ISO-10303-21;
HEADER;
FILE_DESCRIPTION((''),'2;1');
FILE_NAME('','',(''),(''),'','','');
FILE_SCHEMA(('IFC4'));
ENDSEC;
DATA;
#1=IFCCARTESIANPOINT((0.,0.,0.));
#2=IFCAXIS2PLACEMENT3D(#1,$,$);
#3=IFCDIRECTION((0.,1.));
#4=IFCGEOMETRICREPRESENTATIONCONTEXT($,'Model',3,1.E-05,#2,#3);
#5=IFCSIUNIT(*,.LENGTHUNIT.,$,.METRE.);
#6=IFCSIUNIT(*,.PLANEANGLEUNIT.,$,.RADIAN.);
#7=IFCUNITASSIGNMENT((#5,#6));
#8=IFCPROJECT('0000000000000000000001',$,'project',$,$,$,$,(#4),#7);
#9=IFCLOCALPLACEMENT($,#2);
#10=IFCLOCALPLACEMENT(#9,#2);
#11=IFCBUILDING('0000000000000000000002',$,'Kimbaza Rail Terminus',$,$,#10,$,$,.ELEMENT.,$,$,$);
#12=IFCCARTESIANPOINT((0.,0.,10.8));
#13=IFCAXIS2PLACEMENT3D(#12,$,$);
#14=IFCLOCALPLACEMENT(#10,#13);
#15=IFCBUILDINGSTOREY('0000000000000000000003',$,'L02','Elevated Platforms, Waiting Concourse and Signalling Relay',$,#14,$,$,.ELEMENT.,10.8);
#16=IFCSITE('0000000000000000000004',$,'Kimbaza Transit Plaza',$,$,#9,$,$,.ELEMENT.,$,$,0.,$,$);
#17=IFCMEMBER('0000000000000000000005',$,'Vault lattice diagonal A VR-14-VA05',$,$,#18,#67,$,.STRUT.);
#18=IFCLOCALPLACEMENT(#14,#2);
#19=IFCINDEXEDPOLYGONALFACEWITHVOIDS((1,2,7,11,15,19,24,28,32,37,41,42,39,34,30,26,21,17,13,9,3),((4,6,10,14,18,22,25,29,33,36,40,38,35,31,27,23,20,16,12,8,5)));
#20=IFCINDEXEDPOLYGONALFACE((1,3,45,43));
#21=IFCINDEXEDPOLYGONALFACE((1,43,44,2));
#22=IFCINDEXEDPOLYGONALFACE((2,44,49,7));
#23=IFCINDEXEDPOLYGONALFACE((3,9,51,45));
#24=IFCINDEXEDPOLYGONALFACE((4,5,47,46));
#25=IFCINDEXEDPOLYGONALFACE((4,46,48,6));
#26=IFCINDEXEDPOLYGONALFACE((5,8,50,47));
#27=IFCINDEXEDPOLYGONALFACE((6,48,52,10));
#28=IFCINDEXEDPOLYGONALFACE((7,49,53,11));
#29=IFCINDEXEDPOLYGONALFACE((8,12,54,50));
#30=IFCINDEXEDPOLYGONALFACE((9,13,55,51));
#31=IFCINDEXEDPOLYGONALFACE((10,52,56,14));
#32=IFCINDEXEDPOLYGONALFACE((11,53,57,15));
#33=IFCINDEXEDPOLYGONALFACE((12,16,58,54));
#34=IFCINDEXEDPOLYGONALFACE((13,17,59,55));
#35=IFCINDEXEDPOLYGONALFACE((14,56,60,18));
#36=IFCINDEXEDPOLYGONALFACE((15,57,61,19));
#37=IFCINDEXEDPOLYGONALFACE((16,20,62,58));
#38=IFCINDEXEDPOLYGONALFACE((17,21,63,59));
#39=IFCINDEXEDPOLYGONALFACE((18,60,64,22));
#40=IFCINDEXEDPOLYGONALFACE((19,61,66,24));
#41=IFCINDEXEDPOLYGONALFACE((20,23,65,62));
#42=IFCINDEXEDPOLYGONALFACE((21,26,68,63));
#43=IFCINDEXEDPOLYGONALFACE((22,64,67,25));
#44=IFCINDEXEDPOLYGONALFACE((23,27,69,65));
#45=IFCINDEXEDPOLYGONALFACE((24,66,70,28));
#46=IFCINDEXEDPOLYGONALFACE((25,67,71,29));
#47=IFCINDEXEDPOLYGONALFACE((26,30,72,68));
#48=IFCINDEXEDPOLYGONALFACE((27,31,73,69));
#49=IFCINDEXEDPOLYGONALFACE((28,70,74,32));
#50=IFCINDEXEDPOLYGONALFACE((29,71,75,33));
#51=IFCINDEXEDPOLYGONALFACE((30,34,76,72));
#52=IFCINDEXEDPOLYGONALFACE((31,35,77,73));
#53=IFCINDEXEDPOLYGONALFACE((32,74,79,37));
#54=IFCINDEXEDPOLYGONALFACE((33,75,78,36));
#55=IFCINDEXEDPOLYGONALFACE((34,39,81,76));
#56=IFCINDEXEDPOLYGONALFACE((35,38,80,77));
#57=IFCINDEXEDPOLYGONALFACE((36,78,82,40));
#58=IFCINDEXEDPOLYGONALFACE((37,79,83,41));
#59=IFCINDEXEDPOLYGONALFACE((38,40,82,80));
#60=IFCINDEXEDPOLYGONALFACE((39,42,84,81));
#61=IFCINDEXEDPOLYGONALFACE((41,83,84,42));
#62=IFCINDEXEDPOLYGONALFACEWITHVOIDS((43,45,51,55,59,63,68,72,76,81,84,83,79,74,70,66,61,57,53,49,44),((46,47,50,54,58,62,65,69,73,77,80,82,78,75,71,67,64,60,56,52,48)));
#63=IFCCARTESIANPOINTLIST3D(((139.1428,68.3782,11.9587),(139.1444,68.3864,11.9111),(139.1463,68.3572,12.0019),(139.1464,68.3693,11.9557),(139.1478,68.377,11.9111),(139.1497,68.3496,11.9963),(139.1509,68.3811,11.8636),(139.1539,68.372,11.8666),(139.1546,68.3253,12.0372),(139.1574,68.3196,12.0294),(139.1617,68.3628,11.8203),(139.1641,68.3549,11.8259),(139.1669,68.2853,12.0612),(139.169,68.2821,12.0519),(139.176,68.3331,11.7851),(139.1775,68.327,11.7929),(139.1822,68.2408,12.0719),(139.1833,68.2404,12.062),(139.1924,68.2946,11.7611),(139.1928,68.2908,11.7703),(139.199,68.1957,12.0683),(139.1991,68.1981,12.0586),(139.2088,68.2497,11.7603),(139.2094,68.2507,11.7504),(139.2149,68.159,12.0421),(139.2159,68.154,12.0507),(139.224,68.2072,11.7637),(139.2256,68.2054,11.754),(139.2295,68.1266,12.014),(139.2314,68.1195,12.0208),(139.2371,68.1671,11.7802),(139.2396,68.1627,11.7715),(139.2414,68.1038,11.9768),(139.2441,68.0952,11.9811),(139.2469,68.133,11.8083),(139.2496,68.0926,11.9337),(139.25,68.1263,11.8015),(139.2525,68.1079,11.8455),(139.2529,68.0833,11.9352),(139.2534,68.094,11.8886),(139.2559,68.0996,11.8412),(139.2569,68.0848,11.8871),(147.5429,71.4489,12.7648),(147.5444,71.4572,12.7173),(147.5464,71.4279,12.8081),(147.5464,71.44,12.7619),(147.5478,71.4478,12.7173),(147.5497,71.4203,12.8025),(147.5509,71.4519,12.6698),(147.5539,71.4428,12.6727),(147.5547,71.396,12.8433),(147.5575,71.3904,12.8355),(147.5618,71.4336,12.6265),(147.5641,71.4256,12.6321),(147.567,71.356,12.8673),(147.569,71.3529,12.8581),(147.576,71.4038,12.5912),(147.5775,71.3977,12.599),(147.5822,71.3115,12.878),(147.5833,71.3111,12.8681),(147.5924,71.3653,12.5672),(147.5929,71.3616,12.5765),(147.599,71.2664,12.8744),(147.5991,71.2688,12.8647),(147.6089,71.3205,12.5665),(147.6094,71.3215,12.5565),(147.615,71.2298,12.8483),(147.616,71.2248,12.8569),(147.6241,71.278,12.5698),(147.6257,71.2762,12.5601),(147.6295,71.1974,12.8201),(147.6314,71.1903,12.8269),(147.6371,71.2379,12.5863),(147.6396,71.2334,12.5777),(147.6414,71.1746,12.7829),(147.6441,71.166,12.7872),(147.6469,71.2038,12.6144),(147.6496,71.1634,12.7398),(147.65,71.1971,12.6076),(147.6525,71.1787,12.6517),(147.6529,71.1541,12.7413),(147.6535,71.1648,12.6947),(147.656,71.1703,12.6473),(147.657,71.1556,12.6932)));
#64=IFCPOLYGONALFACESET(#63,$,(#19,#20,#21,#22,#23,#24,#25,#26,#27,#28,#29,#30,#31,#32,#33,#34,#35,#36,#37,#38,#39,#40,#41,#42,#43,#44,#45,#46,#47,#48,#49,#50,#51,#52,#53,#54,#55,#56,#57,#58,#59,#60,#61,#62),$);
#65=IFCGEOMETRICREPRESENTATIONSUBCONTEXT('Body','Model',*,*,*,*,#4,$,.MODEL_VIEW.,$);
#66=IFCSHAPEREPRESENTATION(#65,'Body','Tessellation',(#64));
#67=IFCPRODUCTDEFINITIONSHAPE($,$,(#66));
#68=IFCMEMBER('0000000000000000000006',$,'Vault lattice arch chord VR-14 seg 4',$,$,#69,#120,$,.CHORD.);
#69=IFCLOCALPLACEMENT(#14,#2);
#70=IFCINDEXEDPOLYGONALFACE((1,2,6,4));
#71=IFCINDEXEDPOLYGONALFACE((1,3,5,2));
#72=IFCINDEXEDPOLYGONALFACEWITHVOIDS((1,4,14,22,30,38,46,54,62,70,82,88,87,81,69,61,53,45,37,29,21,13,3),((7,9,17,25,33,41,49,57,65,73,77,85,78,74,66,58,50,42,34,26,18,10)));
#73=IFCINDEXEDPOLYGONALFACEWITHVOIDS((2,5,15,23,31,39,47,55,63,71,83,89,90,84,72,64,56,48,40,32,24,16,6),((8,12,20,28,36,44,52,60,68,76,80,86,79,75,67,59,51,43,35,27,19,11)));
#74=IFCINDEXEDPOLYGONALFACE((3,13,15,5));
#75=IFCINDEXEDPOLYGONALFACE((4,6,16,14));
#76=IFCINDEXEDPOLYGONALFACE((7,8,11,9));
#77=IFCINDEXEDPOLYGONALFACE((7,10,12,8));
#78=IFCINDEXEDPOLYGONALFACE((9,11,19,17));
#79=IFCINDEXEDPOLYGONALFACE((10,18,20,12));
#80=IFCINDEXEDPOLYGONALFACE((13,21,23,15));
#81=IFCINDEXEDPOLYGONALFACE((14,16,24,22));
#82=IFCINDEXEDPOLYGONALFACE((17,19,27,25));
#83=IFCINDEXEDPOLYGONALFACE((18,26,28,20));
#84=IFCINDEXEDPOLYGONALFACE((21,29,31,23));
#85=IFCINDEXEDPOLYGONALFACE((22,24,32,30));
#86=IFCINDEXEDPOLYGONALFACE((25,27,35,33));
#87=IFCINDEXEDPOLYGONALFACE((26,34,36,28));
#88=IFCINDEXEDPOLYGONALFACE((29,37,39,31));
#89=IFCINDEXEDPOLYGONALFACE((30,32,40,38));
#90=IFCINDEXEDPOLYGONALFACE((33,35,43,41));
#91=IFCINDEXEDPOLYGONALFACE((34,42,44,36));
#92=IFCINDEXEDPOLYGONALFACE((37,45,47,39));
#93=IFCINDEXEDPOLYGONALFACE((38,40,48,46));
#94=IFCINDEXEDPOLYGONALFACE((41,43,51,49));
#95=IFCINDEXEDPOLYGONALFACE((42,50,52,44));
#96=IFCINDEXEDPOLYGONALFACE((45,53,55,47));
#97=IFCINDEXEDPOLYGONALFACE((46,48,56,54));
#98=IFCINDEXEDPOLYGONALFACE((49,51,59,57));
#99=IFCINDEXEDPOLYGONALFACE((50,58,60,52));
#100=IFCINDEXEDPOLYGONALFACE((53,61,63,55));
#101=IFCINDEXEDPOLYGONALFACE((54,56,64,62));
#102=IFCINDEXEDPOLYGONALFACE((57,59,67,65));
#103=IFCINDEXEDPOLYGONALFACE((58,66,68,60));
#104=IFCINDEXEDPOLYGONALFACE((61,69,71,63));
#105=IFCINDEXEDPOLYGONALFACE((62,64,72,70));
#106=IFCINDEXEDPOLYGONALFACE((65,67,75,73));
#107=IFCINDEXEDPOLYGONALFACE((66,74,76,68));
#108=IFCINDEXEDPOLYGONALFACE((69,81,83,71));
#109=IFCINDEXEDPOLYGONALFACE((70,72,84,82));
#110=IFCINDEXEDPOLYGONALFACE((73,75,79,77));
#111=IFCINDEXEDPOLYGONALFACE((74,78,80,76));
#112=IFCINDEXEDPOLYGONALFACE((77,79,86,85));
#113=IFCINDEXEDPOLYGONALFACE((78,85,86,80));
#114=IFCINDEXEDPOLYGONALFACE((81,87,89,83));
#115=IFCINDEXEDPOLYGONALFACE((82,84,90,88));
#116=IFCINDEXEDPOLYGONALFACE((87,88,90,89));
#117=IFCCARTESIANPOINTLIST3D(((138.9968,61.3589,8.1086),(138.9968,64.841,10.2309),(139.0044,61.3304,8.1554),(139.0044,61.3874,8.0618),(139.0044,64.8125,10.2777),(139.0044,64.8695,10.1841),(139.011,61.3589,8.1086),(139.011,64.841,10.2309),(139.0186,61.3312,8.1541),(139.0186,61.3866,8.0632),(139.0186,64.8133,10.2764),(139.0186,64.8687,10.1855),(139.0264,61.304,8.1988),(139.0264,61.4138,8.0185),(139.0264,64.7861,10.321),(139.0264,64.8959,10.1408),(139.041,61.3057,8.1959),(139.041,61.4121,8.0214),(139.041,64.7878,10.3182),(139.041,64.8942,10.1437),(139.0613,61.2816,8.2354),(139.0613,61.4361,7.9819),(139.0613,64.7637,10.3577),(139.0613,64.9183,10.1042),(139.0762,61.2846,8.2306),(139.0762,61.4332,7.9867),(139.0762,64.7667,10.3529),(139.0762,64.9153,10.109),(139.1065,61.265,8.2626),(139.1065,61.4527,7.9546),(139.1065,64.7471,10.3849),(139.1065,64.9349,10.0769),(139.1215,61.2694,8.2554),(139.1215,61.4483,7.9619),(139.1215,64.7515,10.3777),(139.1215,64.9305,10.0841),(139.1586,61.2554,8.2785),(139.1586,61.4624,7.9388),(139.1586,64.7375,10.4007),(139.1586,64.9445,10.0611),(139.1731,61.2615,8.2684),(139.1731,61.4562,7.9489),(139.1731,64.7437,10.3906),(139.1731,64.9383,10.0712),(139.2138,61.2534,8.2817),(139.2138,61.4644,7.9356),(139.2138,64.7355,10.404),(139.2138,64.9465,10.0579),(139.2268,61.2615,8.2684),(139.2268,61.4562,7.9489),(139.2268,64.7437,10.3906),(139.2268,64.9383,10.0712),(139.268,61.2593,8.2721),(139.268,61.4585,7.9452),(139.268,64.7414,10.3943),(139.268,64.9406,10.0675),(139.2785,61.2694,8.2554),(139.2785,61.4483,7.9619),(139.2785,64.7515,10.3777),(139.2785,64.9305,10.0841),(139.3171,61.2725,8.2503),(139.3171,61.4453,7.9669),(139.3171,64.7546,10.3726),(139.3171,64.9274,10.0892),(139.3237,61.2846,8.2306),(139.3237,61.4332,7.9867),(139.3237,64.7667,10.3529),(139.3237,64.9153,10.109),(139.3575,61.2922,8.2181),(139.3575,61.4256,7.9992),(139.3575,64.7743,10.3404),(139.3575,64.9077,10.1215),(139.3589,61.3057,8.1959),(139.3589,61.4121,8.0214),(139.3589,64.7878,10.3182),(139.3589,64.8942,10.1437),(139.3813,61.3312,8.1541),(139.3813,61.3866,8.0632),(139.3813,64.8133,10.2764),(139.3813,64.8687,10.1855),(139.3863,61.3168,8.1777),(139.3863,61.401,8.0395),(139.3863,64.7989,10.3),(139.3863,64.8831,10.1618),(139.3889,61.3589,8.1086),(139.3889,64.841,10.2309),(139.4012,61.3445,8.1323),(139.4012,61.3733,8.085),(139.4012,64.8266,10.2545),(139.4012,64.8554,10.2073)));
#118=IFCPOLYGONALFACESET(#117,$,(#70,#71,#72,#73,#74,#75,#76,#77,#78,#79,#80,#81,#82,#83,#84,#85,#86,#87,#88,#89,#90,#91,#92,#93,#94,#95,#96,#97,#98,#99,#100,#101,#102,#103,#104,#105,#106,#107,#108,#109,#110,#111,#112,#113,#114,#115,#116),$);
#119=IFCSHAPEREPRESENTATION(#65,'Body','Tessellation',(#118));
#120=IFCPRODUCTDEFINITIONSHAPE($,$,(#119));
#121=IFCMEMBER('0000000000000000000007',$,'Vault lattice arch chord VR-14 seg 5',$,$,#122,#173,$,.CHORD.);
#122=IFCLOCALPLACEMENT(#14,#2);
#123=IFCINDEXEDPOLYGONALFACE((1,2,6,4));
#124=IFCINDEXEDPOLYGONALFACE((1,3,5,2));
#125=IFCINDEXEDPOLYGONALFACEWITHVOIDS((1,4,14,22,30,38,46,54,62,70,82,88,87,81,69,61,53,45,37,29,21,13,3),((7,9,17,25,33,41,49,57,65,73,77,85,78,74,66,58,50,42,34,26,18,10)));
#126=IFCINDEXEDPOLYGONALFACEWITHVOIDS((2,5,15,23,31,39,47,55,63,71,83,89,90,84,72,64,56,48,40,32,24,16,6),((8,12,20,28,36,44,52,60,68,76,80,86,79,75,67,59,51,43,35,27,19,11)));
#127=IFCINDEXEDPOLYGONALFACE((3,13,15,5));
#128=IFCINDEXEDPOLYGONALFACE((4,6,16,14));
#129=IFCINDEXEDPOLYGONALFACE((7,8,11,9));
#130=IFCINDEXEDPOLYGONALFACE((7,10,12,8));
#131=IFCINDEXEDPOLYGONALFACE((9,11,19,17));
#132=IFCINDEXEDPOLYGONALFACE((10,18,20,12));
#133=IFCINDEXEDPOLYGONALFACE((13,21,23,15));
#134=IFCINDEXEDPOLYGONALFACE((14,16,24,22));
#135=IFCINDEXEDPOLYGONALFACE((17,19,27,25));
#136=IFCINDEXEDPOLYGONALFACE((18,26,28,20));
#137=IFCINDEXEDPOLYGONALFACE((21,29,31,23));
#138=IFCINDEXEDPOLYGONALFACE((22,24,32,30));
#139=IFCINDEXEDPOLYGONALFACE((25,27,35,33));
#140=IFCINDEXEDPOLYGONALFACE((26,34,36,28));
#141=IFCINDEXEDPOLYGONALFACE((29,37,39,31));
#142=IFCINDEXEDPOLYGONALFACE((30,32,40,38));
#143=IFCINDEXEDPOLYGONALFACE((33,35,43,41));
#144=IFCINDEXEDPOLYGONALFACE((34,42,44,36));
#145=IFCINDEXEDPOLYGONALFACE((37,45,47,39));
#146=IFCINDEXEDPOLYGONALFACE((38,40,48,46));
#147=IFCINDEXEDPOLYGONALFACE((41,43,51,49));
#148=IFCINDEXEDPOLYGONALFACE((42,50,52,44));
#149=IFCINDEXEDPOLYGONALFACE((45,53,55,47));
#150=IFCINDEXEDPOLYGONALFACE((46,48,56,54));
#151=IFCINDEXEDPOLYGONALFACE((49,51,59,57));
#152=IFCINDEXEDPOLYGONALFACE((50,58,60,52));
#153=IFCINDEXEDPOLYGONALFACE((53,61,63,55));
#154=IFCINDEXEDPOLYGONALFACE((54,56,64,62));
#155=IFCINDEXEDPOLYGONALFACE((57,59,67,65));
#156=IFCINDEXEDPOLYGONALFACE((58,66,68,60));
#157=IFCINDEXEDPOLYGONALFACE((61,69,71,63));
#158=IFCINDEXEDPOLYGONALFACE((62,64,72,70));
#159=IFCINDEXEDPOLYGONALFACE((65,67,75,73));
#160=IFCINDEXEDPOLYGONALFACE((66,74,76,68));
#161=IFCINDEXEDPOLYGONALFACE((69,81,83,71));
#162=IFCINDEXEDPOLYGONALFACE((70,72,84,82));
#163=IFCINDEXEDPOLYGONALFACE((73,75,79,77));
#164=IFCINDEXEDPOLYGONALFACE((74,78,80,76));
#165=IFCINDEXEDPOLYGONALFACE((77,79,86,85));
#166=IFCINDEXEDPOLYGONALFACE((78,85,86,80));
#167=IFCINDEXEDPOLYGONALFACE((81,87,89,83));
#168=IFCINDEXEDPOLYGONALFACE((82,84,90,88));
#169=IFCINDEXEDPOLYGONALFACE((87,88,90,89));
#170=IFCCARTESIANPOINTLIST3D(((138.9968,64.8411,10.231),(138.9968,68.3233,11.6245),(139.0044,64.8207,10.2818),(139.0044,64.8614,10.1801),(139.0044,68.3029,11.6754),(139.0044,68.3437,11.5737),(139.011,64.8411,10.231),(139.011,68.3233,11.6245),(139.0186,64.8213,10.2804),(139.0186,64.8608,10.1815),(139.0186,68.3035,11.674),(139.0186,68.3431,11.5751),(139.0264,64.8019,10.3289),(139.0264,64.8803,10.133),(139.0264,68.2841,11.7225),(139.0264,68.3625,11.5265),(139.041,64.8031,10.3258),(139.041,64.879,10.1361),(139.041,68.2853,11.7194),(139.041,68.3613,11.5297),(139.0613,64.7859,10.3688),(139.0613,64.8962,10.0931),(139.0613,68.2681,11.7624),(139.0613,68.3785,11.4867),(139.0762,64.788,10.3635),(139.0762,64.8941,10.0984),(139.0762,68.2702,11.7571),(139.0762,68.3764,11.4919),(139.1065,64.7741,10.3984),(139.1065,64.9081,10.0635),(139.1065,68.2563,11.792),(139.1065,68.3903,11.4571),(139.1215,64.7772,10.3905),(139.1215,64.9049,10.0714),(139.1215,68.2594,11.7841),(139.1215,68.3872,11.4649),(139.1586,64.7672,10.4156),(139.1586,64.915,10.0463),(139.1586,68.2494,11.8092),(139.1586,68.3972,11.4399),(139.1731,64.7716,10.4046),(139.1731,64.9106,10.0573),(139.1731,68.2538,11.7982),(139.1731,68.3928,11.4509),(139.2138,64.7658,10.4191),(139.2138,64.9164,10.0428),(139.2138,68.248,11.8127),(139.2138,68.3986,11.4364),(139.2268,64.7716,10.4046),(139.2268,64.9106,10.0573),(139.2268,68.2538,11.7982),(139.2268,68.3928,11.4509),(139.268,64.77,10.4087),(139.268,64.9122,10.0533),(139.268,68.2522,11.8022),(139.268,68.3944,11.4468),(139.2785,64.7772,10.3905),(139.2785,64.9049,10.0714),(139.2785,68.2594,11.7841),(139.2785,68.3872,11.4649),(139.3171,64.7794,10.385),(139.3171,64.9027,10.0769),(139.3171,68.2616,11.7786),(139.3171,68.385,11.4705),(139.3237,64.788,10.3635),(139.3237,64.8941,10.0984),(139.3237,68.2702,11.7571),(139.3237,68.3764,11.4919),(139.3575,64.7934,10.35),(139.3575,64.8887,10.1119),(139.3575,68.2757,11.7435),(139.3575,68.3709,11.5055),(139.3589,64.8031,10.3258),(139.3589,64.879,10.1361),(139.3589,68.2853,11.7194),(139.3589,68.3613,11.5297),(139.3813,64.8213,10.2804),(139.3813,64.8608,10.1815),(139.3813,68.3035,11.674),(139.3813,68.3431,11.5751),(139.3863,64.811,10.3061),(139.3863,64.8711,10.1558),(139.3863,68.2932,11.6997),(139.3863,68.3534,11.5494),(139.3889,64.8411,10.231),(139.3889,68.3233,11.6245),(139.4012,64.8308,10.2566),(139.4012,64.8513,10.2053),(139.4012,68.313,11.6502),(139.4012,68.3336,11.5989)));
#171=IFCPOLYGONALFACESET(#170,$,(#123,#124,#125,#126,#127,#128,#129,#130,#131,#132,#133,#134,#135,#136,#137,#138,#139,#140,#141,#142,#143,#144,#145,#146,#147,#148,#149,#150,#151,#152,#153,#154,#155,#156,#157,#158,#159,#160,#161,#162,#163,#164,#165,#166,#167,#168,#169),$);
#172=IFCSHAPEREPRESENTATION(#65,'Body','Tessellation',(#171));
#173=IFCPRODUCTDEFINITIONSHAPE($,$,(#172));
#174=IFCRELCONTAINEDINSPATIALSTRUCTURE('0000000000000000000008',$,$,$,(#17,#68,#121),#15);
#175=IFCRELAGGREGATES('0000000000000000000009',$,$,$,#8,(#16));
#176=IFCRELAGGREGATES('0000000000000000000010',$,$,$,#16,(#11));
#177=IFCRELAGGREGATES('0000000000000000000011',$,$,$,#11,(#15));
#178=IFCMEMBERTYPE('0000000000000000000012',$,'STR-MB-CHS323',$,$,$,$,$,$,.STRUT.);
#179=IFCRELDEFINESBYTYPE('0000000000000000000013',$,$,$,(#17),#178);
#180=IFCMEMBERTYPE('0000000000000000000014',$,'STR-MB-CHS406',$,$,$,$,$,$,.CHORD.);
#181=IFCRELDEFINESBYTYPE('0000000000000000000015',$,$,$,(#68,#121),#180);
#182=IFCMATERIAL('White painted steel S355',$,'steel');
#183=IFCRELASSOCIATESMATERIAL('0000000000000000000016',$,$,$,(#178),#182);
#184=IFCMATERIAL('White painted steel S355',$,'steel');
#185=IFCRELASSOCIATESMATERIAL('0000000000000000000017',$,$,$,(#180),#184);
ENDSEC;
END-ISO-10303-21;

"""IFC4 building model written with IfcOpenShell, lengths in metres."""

from ifc_helpers import new_model, si_unit, direction, frame, origin, origin_2d, place, context, subcontext, project, spatial, hollow_circle, extrude, material, material_profile, profile_set, type_object, element, save


model = new_model("IFC4")

# Units and contexts
model_context = context("Model", 3, precision=1e-05, world=origin(), true_north=direction((0.0, 1.0)))
body_context = subcontext(model_context, "Body", "Model", "MODEL_VIEW")
ifc_project = project(units=[si_unit("LENGTHUNIT", "METRE"), si_unit("PLANEANGLEUNIT", "RADIAN")], contexts=[model_context])

# Site, building, storey
site_placement = place(None, origin())
site = spatial("IfcSite", under=ifc_project, at=site_placement, Name="Kimbaza Transit Plaza", CompositionType="ELEMENT", RefElevation=0.0)
building_placement = place(site_placement, origin())
building = spatial("IfcBuilding", under=site, at=building_placement, Name="Kimbaza Rail Terminus", CompositionType="ELEMENT")
storey_placement = place(building_placement, frame((0.0, 0.0, 10.8)))
storey = spatial("IfcBuildingStorey", under=building, at=storey_placement, Name="L02", Description="Elevated Platforms, Waiting Concourse and Signalling Relay", CompositionType="ELEMENT", Elevation=10.8)

# Members
ifc_material_1 = material(Name="White painted steel S355", Category="steel")
ifc_material_profile_1 = material_profile(ifc_material_1, hollow_circle(Radius=0.1619, WallThickness=0.01, at=origin_2d()), Name="CHS 323.9x10")
ifc_profile_set_1 = profile_set([ifc_material_profile_1], Name="White painted steel S355")
member_type_1 = type_object("IfcMemberType", Name="STR-MB-CHS323", PredefinedType="STRUT", material=ifc_profile_set_1)
member_1_placement = place(storey_placement, frame((139.2, 68.2344, 11.9111), z_axis=(0.935418, 0.341956, 0.089771), x_axis=(-0.343343, 0.93921, 0.0)))
element("IfcMember", 1, at=member_1_placement, inside=storey, type_object=member_type_1, Name="Vault lattice diagonal A VR-14-VA05", PredefinedType="STRUT", context=body_context, shape_type="SweptSolid", body=[
    extrude(hollow_circle(Radius=0.1619, WallThickness=0.01, at=origin_2d()), origin(), (0.0, 0.0, 1.0), 8.98),
])
ifc_material_2 = material(Name="White painted steel S355", Category="steel")
ifc_material_profile_2 = material_profile(ifc_material_2, hollow_circle(Radius=0.2031, WallThickness=0.0142, at=origin_2d()), Name="CHS 406.4x14.2")
ifc_profile_set_2 = profile_set([ifc_material_profile_2], Name="White painted steel S355")
member_type_2 = type_object("IfcMemberType", Name="STR-MB-CHS406", PredefinedType="CHORD", material=ifc_profile_set_2)
member_2_placement = place(storey_placement, frame((139.2, 61.3589, 8.1086), z_axis=(0.0, 0.853901, 0.520435), x_axis=(-1.0, 0.0, 0.0)))
element("IfcMember", 2, at=member_2_placement, inside=storey, type_object=member_type_2, Name="Vault lattice arch chord VR-14 seg 4", PredefinedType="CHORD", context=body_context, shape_type="SweptSolid", body=[
    extrude(hollow_circle(Radius=0.2031, WallThickness=0.0142, at=origin_2d()), origin(), (0.0, 0.0, 1.0), 4.0779),
])
member_3_placement = place(storey_placement, frame((139.2, 64.8411, 10.231), z_axis=(0.0, 0.928414, 0.371548), x_axis=(-1.0, 0.0, 0.0)))
element("IfcMember", 3, at=member_3_placement, inside=storey, type_object=member_type_2, Name="Vault lattice arch chord VR-14 seg 5", PredefinedType="CHORD", context=body_context, shape_type="SweptSolid", body=[
    extrude(hollow_circle(Radius=0.2031, WallThickness=0.0142, at=origin_2d()), origin(), (0.0, 0.0, 1.0), 3.7507),
])

save(model, "model.ifc")
